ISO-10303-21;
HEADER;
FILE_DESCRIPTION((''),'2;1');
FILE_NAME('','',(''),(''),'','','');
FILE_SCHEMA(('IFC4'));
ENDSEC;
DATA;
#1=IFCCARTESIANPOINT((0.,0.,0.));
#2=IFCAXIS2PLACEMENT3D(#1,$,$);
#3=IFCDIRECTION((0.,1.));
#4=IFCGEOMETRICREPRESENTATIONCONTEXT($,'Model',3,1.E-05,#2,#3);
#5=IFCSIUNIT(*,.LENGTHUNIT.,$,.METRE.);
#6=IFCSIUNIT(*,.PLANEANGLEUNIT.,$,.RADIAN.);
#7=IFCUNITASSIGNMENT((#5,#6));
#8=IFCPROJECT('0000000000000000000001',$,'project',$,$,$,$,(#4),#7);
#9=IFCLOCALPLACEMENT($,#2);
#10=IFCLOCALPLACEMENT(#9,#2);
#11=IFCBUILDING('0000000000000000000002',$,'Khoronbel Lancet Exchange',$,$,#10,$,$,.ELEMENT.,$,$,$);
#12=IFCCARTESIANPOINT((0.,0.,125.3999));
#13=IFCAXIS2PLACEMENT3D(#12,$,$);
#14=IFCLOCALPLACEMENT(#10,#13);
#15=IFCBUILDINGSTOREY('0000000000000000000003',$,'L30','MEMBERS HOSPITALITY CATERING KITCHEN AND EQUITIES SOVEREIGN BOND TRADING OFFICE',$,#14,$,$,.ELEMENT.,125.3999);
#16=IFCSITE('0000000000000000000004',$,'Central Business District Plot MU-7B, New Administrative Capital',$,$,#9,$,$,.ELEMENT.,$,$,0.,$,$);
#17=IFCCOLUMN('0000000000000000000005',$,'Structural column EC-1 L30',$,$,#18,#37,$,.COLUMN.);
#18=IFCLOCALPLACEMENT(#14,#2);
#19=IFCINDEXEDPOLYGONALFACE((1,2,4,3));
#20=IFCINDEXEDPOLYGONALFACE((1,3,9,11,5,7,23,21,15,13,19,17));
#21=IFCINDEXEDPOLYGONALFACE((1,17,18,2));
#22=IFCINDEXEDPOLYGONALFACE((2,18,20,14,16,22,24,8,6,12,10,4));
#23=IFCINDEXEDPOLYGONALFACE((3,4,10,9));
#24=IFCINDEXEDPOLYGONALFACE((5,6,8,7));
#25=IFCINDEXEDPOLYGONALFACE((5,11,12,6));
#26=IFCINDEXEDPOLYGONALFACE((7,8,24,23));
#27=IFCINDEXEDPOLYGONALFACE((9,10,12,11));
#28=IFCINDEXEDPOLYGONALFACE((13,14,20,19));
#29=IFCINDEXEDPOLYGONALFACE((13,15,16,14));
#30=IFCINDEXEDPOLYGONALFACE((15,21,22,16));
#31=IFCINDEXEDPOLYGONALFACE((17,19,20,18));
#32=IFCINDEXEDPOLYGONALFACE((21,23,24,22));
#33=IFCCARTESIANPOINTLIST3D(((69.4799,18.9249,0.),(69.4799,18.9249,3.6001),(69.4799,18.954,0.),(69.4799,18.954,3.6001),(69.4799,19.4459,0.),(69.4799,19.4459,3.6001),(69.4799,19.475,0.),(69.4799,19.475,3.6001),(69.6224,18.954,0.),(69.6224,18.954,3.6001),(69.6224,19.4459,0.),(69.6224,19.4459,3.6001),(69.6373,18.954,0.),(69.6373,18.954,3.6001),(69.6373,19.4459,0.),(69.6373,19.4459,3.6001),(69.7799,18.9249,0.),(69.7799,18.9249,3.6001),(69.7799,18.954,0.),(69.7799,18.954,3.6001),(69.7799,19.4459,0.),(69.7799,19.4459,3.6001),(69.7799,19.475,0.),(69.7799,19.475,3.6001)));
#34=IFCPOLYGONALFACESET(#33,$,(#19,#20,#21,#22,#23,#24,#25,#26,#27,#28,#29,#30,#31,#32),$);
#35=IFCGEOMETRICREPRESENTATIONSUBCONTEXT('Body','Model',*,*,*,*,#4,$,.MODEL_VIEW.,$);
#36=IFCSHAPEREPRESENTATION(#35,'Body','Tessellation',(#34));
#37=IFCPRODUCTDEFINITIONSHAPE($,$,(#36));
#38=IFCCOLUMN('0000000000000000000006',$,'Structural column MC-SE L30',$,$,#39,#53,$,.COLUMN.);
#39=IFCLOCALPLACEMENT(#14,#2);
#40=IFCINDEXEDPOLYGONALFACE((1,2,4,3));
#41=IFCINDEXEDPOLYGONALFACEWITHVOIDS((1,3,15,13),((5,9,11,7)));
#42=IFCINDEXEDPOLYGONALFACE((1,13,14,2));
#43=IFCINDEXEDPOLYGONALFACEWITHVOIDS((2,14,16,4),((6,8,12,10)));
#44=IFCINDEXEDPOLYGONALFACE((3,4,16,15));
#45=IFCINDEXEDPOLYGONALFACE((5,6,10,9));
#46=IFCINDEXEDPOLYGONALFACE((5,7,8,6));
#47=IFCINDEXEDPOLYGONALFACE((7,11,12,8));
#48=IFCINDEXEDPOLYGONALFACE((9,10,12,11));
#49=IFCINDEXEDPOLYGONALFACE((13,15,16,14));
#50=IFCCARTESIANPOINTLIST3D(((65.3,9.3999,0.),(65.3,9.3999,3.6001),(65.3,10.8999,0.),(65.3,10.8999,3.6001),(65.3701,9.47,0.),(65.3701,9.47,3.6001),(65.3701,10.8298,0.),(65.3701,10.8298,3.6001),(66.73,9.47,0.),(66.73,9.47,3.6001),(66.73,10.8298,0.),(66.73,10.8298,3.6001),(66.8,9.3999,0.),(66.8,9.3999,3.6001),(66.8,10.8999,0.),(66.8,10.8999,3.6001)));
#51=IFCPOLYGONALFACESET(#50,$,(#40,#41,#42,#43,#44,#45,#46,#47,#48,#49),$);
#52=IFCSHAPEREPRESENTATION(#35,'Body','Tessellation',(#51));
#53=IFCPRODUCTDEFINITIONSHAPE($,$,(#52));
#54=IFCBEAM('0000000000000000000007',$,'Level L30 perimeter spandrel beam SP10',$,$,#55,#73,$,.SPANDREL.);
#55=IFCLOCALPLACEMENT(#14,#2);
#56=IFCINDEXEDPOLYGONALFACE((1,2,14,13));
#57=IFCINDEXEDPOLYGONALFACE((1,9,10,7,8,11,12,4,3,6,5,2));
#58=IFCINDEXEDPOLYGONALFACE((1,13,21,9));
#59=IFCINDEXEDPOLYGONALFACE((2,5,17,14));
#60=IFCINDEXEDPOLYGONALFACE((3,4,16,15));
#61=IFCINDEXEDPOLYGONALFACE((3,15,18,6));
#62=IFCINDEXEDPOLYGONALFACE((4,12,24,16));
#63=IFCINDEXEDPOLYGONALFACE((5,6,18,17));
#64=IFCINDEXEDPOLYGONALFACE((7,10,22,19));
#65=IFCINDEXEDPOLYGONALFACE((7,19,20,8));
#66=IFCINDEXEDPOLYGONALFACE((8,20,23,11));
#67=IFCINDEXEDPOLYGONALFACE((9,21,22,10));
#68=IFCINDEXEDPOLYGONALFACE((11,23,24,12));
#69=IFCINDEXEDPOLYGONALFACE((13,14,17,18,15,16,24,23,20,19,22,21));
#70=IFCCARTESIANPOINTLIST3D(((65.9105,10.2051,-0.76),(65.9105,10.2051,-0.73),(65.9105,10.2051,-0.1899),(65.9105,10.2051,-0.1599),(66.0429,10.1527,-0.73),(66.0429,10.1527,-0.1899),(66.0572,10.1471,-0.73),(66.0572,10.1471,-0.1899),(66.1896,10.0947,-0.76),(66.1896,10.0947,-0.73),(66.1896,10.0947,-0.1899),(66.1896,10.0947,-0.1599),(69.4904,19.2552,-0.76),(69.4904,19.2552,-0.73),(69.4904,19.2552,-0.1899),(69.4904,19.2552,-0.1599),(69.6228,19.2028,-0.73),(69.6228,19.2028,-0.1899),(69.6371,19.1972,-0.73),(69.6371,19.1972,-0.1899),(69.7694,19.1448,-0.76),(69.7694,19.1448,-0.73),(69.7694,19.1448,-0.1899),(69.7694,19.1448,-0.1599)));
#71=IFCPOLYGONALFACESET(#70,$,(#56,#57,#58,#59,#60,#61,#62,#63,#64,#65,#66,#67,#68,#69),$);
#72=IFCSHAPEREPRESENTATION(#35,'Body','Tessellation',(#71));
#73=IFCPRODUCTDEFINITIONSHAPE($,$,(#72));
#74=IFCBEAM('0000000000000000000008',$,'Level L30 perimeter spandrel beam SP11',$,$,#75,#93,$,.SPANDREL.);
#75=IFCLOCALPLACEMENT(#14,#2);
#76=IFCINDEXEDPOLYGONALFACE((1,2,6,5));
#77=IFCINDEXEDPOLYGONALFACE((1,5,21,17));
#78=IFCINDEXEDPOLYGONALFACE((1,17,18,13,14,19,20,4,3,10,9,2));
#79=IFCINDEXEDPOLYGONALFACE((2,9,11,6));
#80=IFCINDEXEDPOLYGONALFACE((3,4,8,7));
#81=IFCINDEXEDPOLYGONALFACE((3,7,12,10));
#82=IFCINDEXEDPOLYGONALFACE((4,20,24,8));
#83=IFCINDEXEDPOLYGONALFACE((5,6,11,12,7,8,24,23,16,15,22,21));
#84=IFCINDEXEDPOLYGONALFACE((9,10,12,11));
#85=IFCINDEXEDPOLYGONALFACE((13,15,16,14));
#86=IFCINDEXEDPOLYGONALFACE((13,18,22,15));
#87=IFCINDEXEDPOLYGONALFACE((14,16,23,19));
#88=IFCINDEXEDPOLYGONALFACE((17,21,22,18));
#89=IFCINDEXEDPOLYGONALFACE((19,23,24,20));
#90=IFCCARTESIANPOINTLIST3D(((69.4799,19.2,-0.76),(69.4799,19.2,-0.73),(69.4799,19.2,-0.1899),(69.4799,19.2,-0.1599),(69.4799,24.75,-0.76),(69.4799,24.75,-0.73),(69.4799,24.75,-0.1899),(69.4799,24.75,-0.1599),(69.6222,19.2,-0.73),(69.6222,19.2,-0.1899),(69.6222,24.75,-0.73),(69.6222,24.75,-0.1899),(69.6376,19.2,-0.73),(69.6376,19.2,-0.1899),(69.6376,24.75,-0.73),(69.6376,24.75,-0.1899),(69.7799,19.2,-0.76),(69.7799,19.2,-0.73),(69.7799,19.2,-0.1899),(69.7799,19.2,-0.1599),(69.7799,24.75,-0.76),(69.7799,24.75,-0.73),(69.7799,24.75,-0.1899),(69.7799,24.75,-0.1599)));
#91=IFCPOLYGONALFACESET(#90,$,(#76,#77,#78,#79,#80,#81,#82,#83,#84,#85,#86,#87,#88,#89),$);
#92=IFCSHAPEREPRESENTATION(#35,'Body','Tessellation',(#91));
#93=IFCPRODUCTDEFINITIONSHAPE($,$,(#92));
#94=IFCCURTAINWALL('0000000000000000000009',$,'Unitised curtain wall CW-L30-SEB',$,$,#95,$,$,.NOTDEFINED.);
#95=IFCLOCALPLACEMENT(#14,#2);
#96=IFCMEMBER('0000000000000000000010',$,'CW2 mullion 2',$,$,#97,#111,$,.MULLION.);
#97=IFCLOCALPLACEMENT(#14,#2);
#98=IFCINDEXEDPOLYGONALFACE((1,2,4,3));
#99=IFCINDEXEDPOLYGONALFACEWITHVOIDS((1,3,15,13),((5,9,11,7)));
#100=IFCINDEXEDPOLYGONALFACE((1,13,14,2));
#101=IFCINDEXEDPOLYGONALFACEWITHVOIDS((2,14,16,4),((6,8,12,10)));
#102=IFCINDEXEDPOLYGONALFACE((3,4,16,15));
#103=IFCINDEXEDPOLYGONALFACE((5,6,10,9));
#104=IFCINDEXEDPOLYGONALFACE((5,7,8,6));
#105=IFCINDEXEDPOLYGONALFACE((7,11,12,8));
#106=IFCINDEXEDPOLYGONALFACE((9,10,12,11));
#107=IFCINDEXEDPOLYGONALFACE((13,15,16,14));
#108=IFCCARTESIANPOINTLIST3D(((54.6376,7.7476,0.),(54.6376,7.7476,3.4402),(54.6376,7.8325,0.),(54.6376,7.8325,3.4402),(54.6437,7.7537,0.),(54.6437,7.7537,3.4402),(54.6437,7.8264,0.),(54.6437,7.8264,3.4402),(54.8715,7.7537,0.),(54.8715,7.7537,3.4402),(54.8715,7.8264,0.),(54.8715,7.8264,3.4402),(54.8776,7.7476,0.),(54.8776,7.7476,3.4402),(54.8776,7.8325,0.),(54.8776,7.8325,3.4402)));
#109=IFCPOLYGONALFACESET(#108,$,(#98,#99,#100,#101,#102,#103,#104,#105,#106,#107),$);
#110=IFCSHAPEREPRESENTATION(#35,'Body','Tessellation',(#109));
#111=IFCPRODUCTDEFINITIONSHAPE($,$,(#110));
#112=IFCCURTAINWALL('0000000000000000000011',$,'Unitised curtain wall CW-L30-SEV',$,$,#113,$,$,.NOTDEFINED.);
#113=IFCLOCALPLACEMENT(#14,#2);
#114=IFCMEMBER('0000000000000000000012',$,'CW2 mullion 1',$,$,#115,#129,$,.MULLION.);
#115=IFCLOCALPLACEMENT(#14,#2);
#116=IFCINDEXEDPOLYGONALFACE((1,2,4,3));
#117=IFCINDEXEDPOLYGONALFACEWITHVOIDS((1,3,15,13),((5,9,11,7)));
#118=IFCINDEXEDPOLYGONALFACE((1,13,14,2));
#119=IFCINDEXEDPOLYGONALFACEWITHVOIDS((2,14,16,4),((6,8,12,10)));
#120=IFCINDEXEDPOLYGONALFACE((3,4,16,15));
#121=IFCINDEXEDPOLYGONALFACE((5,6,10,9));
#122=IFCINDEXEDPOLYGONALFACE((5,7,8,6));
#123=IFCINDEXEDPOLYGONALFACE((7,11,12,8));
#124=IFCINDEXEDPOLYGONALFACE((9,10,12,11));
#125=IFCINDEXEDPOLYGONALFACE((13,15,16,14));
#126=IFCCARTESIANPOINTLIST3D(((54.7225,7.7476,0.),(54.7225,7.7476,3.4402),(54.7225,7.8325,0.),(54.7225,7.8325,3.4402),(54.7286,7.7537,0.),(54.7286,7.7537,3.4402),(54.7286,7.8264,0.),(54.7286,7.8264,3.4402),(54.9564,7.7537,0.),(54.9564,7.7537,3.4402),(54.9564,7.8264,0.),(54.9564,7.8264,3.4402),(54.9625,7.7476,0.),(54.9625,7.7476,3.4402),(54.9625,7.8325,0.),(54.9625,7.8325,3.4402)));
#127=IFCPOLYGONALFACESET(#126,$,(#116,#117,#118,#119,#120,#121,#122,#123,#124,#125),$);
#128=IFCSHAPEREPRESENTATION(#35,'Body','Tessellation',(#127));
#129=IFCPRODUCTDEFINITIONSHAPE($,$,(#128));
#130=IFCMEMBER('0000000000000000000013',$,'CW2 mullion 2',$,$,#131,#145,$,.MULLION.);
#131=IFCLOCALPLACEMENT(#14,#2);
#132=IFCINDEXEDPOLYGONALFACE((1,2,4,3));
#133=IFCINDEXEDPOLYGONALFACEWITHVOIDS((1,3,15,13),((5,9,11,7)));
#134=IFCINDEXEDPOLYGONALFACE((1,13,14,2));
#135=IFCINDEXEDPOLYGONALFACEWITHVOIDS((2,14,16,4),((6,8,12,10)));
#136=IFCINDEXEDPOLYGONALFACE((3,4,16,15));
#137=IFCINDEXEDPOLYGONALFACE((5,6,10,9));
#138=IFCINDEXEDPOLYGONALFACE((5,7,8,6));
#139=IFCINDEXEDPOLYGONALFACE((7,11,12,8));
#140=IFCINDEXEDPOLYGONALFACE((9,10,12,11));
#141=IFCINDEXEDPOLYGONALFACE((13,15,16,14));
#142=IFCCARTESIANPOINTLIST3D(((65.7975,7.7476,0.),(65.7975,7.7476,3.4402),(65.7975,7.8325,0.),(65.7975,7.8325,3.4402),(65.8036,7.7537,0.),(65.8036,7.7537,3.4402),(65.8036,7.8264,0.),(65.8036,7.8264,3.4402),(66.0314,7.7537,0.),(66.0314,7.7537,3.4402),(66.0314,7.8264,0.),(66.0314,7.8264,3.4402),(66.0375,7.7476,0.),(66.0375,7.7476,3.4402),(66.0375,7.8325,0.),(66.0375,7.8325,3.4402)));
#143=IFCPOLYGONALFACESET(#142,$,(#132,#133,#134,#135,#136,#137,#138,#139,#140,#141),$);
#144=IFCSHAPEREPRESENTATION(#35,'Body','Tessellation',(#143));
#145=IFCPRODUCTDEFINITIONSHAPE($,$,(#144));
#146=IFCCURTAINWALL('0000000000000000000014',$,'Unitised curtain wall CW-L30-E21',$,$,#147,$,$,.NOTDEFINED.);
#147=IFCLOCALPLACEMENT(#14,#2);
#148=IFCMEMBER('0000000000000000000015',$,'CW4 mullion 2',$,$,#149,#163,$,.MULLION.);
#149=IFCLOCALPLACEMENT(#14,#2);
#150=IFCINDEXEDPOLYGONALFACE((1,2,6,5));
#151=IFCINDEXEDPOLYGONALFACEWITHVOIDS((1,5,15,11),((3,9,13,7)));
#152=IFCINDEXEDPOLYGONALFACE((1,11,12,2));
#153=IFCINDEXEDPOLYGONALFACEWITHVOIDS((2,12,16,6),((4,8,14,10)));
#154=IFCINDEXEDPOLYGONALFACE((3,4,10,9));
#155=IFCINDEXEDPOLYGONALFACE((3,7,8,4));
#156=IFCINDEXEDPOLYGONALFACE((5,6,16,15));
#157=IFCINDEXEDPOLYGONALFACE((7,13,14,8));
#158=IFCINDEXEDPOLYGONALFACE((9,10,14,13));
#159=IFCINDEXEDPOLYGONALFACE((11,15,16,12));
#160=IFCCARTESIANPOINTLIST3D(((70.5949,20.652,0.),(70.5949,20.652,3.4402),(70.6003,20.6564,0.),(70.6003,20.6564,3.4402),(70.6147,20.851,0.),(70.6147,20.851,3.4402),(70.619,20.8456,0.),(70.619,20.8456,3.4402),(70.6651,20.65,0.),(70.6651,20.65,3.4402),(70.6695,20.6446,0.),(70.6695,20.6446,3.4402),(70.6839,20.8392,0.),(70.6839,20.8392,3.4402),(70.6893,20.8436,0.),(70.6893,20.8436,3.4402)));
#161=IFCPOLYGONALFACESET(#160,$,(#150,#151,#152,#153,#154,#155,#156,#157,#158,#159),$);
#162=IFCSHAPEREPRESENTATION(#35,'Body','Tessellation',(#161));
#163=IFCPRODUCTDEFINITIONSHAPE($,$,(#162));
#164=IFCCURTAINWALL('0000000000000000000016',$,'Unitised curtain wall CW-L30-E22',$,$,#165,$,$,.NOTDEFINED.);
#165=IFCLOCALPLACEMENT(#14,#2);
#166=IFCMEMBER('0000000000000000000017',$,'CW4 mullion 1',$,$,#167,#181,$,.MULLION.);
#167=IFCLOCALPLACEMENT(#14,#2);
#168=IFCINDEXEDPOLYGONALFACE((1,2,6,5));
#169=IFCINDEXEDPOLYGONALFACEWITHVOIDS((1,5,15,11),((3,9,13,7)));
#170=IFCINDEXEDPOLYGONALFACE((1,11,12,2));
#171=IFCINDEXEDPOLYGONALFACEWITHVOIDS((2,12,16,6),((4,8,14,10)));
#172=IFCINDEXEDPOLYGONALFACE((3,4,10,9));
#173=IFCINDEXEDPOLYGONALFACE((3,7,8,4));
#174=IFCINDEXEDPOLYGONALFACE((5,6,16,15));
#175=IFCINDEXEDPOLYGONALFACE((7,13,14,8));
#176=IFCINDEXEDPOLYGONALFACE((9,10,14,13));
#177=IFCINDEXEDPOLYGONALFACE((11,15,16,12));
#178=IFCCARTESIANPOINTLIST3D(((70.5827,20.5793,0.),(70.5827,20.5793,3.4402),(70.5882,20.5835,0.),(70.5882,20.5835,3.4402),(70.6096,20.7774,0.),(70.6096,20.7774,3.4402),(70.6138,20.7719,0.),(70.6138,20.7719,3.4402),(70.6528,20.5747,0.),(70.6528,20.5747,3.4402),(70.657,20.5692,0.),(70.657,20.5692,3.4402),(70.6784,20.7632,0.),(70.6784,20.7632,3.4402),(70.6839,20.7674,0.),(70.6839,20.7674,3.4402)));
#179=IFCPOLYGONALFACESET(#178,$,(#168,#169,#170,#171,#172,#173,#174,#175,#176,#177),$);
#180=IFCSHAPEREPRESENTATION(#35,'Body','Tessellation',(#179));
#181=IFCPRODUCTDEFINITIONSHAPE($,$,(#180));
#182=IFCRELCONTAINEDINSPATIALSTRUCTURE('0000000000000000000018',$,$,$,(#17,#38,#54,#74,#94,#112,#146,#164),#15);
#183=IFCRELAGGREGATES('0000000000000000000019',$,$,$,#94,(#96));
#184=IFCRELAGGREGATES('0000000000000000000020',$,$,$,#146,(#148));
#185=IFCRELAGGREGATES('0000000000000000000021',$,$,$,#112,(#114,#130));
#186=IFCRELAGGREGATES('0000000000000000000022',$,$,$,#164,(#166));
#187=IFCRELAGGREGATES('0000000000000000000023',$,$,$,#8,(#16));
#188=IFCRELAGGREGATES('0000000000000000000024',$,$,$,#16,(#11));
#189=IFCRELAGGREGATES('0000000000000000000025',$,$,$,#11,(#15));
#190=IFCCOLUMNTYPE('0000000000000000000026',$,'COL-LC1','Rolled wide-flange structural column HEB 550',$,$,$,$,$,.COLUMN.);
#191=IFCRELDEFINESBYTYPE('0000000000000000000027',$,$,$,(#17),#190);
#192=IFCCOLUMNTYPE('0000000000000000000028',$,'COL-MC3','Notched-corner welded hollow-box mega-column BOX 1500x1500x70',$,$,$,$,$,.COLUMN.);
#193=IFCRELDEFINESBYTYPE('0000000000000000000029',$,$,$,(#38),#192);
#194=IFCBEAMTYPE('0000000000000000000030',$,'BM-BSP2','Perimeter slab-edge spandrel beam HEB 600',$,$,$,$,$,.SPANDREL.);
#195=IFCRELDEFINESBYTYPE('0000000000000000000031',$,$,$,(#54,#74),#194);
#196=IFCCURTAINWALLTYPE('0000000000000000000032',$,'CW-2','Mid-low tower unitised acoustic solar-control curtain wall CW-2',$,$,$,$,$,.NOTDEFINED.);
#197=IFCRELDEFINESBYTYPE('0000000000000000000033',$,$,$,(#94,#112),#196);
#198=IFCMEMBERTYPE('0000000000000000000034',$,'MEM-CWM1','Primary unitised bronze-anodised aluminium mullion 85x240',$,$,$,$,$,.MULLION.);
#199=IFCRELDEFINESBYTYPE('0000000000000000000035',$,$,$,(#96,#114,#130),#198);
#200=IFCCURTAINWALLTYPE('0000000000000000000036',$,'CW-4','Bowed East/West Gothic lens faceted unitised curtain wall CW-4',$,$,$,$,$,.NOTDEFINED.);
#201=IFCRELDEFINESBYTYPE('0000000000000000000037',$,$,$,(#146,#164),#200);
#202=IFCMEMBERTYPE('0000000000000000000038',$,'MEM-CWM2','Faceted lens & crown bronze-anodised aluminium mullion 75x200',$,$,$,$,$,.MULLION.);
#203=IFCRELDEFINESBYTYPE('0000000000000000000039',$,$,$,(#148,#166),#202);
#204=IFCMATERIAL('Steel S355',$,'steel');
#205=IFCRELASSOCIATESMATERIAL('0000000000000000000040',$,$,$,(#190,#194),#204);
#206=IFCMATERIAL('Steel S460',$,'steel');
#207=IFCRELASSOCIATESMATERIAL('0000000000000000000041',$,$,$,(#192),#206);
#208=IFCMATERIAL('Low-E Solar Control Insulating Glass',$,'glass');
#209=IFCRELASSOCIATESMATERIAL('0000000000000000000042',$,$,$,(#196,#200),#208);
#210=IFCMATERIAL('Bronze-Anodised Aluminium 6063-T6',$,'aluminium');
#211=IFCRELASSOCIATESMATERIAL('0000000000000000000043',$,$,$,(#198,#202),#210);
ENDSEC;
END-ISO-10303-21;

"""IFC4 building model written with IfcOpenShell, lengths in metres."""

from ifc_helpers import new_model, si_unit, direction, frame, origin, origin_2d, place, context, subcontext, project, spatial, hollow_rectangle, i_section, extrude, material, material_profile, profile_set, type_object, element, aggregate, save


model = new_model("IFC4")

# Units and contexts
model_context = context("Model", 3, precision=1e-05, world=origin(), true_north=direction((0.0, 1.0)))
body_context = subcontext(model_context, "Body", "Model", "MODEL_VIEW")
ifc_project = project(units=[si_unit("LENGTHUNIT", "METRE"), si_unit("PLANEANGLEUNIT", "RADIAN")], contexts=[model_context])

# Site, building, storey
site_placement = place(None, origin())
site = spatial("IfcSite", under=ifc_project, at=site_placement, Name="Central Business District Plot MU-7B, New Administrative Capital", CompositionType="ELEMENT", RefElevation=0.0)
building_placement = place(site_placement, origin())
building = spatial("IfcBuilding", under=site, at=building_placement, Name="Khoronbel Lancet Exchange", CompositionType="ELEMENT")
storey_placement = place(building_placement, frame((0.0, 0.0, 125.3999)))
storey = spatial("IfcBuildingStorey", under=building, at=storey_placement, Name="L30", Description="MEMBERS HOSPITALITY CATERING KITCHEN AND EQUITIES SOVEREIGN BOND TRADING OFFICE", CompositionType="ELEMENT", Elevation=125.3999)

# Columns
ifc_material_1 = material(Name="Steel S355", Category="steel")
ifc_material_profile_1 = material_profile(ifc_material_1, i_section(OverallWidth=0.3, OverallDepth=0.55, WebThickness=0.0149, FlangeThickness=0.0291, at=origin_2d()), Name="HEB 550")
ifc_profile_set_1 = profile_set([ifc_material_profile_1], Name="Steel S355")
column_type_1 = type_object("IfcColumnType", Name="COL-LC1", Description="Rolled wide-flange structural column HEB 550", PredefinedType="COLUMN", material=ifc_profile_set_1)
column_1_placement = place(storey_placement, frame((69.6299, 19.2, 0.0), z_axis=(0.0, 0.0, 1.0), x_axis=(1.0, 0.0, 0.0)))
element("IfcColumn", 1, at=column_1_placement, inside=storey, type_object=column_type_1, Name="Structural column EC-1 L30", PredefinedType="COLUMN", context=body_context, shape_type="SweptSolid", body=[
    extrude(i_section(OverallWidth=0.3, OverallDepth=0.55, WebThickness=0.0149, FlangeThickness=0.0291, at=origin_2d()), origin(), (0.0, 0.0, 1.0), 3.6001),
])
ifc_material_2 = material(Name="Steel S460", Category="steel")
ifc_material_profile_2 = material_profile(ifc_material_2, hollow_rectangle(XDim=1.5, YDim=1.5, WallThickness=0.0701, at=origin_2d()), Name="BOX 1500x1500x70")
ifc_profile_set_2 = profile_set([ifc_material_profile_2], Name="Steel S460")
column_type_2 = type_object("IfcColumnType", Name="COL-MC3", Description="Notched-corner welded hollow-box mega-column BOX 1500x1500x70", PredefinedType="COLUMN", material=ifc_profile_set_2)
column_2_placement = place(storey_placement, frame((66.05, 10.1499, 0.0), z_axis=(0.0, 0.0, 1.0), x_axis=(1.0, 0.0, 0.0)))
element("IfcColumn", 2, at=column_2_placement, inside=storey, type_object=column_type_2, Name="Structural column MC-SE L30", PredefinedType="COLUMN", context=body_context, shape_type="SweptSolid", body=[
    extrude(hollow_rectangle(XDim=1.5, YDim=1.5, WallThickness=0.0701, at=origin_2d()), origin(), (0.0, 0.0, 1.0), 3.6001),
])

# Beams
ifc_material_profile_3 = material_profile(ifc_material_1, i_section(OverallWidth=0.3, OverallDepth=0.6001, WebThickness=0.0154, FlangeThickness=0.03, at=origin_2d()), Name="HEB 600")
ifc_profile_set_3 = profile_set([ifc_material_profile_3], Name="Steel S355")
beam_type = type_object("IfcBeamType", Name="BM-BSP2", Description="Perimeter slab-edge spandrel beam HEB 600", PredefinedType="SPANDREL", material=ifc_profile_set_3)
beam_1_placement = place(storey_placement, frame((66.05, 10.1499, -0.46), z_axis=(0.367828, 0.929894, 0.0), x_axis=(-0.929894, 0.367828, 0.0)))
element("IfcBeam", 3, at=beam_1_placement, inside=storey, type_object=beam_type, Name="Level L30 perimeter spandrel beam SP10", PredefinedType="SPANDREL", context=body_context, shape_type="SweptSolid", body=[
    extrude(i_section(OverallWidth=0.3, OverallDepth=0.6001, WebThickness=0.0154, FlangeThickness=0.03, at=origin_2d()), origin(), (0.0, 0.0, 1.0), 9.7324),
])
beam_2_placement = place(storey_placement, frame((69.6299, 19.2, -0.46), z_axis=(0.0, 1.0, 0.0), x_axis=(-1.0, 0.0, 0.0)))
element("IfcBeam", 4, at=beam_2_placement, inside=storey, type_object=beam_type, Name="Level L30 perimeter spandrel beam SP11", PredefinedType="SPANDREL", context=body_context, shape_type="SweptSolid", body=[
    extrude(i_section(OverallWidth=0.3, OverallDepth=0.6001, WebThickness=0.0154, FlangeThickness=0.03, at=origin_2d()), origin(), (0.0, 0.0, 1.0), 5.55),
])

# Curtain wall, member
ifc_material_3 = material(Name="Low-E Solar Control Insulating Glass", Category="glass")
curtain_wall_type_1 = type_object("IfcCurtainWallType", Name="CW-2", Description="Mid-low tower unitised acoustic solar-control curtain wall CW-2", PredefinedType="NOTDEFINED", material=ifc_material_3)
curtain_wall_1_placement = place(storey_placement, origin())
curtain_wall_1 = element("IfcCurtainWall", 5, at=curtain_wall_1_placement, inside=storey, type_object=curtain_wall_type_1, Name="Unitised curtain wall CW-L30-SEB", PredefinedType="NOTDEFINED")
ifc_material_4 = material(Name="Bronze-Anodised Aluminium 6063-T6", Category="aluminium")
ifc_material_profile_4 = material_profile(ifc_material_4, hollow_rectangle(XDim=0.085, YDim=0.24, WallThickness=0.0061, at=origin_2d()), Name="ALU MULLION 85x240")
ifc_profile_set_4 = profile_set([ifc_material_profile_4], Name="Bronze-Anodised Aluminium 6063-T6")
member_type_1 = type_object("IfcMemberType", Name="MEM-CWM1", Description="Primary unitised bronze-anodised aluminium mullion 85x240", PredefinedType="MULLION", material=ifc_profile_set_4)
member_1_placement = place(storey_placement, frame((54.7576, 7.79, 0.0), z_axis=(0.0, 0.0, 1.0), x_axis=(0.0, 1.0, 0.0)))
member_1 = element("IfcMember", 6, at=member_1_placement, type_object=member_type_1, Name="CW2 mullion 2", PredefinedType="MULLION", context=body_context, shape_type="SweptSolid", body=[
    extrude(hollow_rectangle(XDim=0.085, YDim=0.24, WallThickness=0.0061, at=origin_2d()), origin(), (0.0, 0.0, 1.0), 3.4402),
])
aggregate(curtain_wall_1, [member_1])

# Curtain wall, members
curtain_wall_2_placement = place(storey_placement, origin())
curtain_wall_2 = element("IfcCurtainWall", 7, at=curtain_wall_2_placement, inside=storey, type_object=curtain_wall_type_1, Name="Unitised curtain wall CW-L30-SEV", PredefinedType="NOTDEFINED")
member_2_placement = place(storey_placement, frame((54.8425, 7.79, 0.0), z_axis=(0.0, 0.0, 1.0), x_axis=(0.0, 1.0, 0.0)))
member_2 = element("IfcMember", 8, at=member_2_placement, type_object=member_type_1, Name="CW2 mullion 1", PredefinedType="MULLION", context=body_context, shape_type="SweptSolid", body=[
    extrude(hollow_rectangle(XDim=0.085, YDim=0.24, WallThickness=0.0061, at=origin_2d()), origin(), (0.0, 0.0, 1.0), 3.4402),
])
member_3_placement = place(storey_placement, frame((65.9175, 7.79, 0.0), z_axis=(0.0, 0.0, 1.0), x_axis=(0.0, 1.0, 0.0)))
member_3 = element("IfcMember", 9, at=member_3_placement, type_object=member_type_1, Name="CW2 mullion 2", PredefinedType="MULLION", context=body_context, shape_type="SweptSolid", body=[
    extrude(hollow_rectangle(XDim=0.085, YDim=0.24, WallThickness=0.0061, at=origin_2d()), origin(), (0.0, 0.0, 1.0), 3.4402),
])

# Curtain wall, member
curtain_wall_type_2 = type_object("IfcCurtainWallType", Name="CW-4", Description="Bowed East/West Gothic lens faceted unitised curtain wall CW-4", PredefinedType="NOTDEFINED", material=ifc_material_3)
curtain_wall_3_placement = place(storey_placement, origin())
curtain_wall_3 = element("IfcCurtainWall", 10, at=curtain_wall_3_placement, inside=storey, type_object=curtain_wall_type_2, Name="Unitised curtain wall CW-L30-E21", PredefinedType="NOTDEFINED")
ifc_material_profile_5 = material_profile(ifc_material_4, hollow_rectangle(XDim=0.075, YDim=0.2, WallThickness=0.0049, at=origin_2d()), Name="ALU MULLION 75x200")
ifc_profile_set_5 = profile_set([ifc_material_profile_5], Name="Bronze-Anodised Aluminium 6063-T6")
member_type_2 = type_object("IfcMemberType", Name="MEM-CWM2", Description="Faceted lens & crown bronze-anodised aluminium mullion 75x200", PredefinedType="MULLION", material=ifc_profile_set_5)
member_4_placement = place(storey_placement, frame((70.6421, 20.7478, 0.0), z_axis=(0.0, 0.0, 1.0), x_axis=(0.995113, -0.098742, 0.0)))
member_4 = element("IfcMember", 11, at=member_4_placement, type_object=member_type_2, Name="CW4 mullion 2", PredefinedType="MULLION", context=body_context, shape_type="SweptSolid", body=[
    extrude(hollow_rectangle(XDim=0.075, YDim=0.2, WallThickness=0.0049, at=origin_2d()), origin(), (0.0, 0.0, 1.0), 3.4402),
])
aggregate(curtain_wall_3, [member_4])

# Curtain wall, member
curtain_wall_4_placement = place(storey_placement, origin())
curtain_wall_4 = element("IfcCurtainWall", 12, at=curtain_wall_4_placement, inside=storey, type_object=curtain_wall_type_2, Name="Unitised curtain wall CW-L30-E22", PredefinedType="NOTDEFINED")
member_5_placement = place(storey_placement, frame((70.6333, 20.6733, 0.0), z_axis=(0.0, 0.0, 1.0), x_axis=(0.990939, -0.134313, 0.0)))
member_5 = element("IfcMember", 13, at=member_5_placement, type_object=member_type_2, Name="CW4 mullion 1", PredefinedType="MULLION", context=body_context, shape_type="SweptSolid", body=[
    extrude(hollow_rectangle(XDim=0.075, YDim=0.2, WallThickness=0.0049, at=origin_2d()), origin(), (0.0, 0.0, 1.0), 3.4402),
])

aggregate(curtain_wall_2, [member_2, member_3])
aggregate(curtain_wall_4, [member_5])

save(model, "model.ifc")
